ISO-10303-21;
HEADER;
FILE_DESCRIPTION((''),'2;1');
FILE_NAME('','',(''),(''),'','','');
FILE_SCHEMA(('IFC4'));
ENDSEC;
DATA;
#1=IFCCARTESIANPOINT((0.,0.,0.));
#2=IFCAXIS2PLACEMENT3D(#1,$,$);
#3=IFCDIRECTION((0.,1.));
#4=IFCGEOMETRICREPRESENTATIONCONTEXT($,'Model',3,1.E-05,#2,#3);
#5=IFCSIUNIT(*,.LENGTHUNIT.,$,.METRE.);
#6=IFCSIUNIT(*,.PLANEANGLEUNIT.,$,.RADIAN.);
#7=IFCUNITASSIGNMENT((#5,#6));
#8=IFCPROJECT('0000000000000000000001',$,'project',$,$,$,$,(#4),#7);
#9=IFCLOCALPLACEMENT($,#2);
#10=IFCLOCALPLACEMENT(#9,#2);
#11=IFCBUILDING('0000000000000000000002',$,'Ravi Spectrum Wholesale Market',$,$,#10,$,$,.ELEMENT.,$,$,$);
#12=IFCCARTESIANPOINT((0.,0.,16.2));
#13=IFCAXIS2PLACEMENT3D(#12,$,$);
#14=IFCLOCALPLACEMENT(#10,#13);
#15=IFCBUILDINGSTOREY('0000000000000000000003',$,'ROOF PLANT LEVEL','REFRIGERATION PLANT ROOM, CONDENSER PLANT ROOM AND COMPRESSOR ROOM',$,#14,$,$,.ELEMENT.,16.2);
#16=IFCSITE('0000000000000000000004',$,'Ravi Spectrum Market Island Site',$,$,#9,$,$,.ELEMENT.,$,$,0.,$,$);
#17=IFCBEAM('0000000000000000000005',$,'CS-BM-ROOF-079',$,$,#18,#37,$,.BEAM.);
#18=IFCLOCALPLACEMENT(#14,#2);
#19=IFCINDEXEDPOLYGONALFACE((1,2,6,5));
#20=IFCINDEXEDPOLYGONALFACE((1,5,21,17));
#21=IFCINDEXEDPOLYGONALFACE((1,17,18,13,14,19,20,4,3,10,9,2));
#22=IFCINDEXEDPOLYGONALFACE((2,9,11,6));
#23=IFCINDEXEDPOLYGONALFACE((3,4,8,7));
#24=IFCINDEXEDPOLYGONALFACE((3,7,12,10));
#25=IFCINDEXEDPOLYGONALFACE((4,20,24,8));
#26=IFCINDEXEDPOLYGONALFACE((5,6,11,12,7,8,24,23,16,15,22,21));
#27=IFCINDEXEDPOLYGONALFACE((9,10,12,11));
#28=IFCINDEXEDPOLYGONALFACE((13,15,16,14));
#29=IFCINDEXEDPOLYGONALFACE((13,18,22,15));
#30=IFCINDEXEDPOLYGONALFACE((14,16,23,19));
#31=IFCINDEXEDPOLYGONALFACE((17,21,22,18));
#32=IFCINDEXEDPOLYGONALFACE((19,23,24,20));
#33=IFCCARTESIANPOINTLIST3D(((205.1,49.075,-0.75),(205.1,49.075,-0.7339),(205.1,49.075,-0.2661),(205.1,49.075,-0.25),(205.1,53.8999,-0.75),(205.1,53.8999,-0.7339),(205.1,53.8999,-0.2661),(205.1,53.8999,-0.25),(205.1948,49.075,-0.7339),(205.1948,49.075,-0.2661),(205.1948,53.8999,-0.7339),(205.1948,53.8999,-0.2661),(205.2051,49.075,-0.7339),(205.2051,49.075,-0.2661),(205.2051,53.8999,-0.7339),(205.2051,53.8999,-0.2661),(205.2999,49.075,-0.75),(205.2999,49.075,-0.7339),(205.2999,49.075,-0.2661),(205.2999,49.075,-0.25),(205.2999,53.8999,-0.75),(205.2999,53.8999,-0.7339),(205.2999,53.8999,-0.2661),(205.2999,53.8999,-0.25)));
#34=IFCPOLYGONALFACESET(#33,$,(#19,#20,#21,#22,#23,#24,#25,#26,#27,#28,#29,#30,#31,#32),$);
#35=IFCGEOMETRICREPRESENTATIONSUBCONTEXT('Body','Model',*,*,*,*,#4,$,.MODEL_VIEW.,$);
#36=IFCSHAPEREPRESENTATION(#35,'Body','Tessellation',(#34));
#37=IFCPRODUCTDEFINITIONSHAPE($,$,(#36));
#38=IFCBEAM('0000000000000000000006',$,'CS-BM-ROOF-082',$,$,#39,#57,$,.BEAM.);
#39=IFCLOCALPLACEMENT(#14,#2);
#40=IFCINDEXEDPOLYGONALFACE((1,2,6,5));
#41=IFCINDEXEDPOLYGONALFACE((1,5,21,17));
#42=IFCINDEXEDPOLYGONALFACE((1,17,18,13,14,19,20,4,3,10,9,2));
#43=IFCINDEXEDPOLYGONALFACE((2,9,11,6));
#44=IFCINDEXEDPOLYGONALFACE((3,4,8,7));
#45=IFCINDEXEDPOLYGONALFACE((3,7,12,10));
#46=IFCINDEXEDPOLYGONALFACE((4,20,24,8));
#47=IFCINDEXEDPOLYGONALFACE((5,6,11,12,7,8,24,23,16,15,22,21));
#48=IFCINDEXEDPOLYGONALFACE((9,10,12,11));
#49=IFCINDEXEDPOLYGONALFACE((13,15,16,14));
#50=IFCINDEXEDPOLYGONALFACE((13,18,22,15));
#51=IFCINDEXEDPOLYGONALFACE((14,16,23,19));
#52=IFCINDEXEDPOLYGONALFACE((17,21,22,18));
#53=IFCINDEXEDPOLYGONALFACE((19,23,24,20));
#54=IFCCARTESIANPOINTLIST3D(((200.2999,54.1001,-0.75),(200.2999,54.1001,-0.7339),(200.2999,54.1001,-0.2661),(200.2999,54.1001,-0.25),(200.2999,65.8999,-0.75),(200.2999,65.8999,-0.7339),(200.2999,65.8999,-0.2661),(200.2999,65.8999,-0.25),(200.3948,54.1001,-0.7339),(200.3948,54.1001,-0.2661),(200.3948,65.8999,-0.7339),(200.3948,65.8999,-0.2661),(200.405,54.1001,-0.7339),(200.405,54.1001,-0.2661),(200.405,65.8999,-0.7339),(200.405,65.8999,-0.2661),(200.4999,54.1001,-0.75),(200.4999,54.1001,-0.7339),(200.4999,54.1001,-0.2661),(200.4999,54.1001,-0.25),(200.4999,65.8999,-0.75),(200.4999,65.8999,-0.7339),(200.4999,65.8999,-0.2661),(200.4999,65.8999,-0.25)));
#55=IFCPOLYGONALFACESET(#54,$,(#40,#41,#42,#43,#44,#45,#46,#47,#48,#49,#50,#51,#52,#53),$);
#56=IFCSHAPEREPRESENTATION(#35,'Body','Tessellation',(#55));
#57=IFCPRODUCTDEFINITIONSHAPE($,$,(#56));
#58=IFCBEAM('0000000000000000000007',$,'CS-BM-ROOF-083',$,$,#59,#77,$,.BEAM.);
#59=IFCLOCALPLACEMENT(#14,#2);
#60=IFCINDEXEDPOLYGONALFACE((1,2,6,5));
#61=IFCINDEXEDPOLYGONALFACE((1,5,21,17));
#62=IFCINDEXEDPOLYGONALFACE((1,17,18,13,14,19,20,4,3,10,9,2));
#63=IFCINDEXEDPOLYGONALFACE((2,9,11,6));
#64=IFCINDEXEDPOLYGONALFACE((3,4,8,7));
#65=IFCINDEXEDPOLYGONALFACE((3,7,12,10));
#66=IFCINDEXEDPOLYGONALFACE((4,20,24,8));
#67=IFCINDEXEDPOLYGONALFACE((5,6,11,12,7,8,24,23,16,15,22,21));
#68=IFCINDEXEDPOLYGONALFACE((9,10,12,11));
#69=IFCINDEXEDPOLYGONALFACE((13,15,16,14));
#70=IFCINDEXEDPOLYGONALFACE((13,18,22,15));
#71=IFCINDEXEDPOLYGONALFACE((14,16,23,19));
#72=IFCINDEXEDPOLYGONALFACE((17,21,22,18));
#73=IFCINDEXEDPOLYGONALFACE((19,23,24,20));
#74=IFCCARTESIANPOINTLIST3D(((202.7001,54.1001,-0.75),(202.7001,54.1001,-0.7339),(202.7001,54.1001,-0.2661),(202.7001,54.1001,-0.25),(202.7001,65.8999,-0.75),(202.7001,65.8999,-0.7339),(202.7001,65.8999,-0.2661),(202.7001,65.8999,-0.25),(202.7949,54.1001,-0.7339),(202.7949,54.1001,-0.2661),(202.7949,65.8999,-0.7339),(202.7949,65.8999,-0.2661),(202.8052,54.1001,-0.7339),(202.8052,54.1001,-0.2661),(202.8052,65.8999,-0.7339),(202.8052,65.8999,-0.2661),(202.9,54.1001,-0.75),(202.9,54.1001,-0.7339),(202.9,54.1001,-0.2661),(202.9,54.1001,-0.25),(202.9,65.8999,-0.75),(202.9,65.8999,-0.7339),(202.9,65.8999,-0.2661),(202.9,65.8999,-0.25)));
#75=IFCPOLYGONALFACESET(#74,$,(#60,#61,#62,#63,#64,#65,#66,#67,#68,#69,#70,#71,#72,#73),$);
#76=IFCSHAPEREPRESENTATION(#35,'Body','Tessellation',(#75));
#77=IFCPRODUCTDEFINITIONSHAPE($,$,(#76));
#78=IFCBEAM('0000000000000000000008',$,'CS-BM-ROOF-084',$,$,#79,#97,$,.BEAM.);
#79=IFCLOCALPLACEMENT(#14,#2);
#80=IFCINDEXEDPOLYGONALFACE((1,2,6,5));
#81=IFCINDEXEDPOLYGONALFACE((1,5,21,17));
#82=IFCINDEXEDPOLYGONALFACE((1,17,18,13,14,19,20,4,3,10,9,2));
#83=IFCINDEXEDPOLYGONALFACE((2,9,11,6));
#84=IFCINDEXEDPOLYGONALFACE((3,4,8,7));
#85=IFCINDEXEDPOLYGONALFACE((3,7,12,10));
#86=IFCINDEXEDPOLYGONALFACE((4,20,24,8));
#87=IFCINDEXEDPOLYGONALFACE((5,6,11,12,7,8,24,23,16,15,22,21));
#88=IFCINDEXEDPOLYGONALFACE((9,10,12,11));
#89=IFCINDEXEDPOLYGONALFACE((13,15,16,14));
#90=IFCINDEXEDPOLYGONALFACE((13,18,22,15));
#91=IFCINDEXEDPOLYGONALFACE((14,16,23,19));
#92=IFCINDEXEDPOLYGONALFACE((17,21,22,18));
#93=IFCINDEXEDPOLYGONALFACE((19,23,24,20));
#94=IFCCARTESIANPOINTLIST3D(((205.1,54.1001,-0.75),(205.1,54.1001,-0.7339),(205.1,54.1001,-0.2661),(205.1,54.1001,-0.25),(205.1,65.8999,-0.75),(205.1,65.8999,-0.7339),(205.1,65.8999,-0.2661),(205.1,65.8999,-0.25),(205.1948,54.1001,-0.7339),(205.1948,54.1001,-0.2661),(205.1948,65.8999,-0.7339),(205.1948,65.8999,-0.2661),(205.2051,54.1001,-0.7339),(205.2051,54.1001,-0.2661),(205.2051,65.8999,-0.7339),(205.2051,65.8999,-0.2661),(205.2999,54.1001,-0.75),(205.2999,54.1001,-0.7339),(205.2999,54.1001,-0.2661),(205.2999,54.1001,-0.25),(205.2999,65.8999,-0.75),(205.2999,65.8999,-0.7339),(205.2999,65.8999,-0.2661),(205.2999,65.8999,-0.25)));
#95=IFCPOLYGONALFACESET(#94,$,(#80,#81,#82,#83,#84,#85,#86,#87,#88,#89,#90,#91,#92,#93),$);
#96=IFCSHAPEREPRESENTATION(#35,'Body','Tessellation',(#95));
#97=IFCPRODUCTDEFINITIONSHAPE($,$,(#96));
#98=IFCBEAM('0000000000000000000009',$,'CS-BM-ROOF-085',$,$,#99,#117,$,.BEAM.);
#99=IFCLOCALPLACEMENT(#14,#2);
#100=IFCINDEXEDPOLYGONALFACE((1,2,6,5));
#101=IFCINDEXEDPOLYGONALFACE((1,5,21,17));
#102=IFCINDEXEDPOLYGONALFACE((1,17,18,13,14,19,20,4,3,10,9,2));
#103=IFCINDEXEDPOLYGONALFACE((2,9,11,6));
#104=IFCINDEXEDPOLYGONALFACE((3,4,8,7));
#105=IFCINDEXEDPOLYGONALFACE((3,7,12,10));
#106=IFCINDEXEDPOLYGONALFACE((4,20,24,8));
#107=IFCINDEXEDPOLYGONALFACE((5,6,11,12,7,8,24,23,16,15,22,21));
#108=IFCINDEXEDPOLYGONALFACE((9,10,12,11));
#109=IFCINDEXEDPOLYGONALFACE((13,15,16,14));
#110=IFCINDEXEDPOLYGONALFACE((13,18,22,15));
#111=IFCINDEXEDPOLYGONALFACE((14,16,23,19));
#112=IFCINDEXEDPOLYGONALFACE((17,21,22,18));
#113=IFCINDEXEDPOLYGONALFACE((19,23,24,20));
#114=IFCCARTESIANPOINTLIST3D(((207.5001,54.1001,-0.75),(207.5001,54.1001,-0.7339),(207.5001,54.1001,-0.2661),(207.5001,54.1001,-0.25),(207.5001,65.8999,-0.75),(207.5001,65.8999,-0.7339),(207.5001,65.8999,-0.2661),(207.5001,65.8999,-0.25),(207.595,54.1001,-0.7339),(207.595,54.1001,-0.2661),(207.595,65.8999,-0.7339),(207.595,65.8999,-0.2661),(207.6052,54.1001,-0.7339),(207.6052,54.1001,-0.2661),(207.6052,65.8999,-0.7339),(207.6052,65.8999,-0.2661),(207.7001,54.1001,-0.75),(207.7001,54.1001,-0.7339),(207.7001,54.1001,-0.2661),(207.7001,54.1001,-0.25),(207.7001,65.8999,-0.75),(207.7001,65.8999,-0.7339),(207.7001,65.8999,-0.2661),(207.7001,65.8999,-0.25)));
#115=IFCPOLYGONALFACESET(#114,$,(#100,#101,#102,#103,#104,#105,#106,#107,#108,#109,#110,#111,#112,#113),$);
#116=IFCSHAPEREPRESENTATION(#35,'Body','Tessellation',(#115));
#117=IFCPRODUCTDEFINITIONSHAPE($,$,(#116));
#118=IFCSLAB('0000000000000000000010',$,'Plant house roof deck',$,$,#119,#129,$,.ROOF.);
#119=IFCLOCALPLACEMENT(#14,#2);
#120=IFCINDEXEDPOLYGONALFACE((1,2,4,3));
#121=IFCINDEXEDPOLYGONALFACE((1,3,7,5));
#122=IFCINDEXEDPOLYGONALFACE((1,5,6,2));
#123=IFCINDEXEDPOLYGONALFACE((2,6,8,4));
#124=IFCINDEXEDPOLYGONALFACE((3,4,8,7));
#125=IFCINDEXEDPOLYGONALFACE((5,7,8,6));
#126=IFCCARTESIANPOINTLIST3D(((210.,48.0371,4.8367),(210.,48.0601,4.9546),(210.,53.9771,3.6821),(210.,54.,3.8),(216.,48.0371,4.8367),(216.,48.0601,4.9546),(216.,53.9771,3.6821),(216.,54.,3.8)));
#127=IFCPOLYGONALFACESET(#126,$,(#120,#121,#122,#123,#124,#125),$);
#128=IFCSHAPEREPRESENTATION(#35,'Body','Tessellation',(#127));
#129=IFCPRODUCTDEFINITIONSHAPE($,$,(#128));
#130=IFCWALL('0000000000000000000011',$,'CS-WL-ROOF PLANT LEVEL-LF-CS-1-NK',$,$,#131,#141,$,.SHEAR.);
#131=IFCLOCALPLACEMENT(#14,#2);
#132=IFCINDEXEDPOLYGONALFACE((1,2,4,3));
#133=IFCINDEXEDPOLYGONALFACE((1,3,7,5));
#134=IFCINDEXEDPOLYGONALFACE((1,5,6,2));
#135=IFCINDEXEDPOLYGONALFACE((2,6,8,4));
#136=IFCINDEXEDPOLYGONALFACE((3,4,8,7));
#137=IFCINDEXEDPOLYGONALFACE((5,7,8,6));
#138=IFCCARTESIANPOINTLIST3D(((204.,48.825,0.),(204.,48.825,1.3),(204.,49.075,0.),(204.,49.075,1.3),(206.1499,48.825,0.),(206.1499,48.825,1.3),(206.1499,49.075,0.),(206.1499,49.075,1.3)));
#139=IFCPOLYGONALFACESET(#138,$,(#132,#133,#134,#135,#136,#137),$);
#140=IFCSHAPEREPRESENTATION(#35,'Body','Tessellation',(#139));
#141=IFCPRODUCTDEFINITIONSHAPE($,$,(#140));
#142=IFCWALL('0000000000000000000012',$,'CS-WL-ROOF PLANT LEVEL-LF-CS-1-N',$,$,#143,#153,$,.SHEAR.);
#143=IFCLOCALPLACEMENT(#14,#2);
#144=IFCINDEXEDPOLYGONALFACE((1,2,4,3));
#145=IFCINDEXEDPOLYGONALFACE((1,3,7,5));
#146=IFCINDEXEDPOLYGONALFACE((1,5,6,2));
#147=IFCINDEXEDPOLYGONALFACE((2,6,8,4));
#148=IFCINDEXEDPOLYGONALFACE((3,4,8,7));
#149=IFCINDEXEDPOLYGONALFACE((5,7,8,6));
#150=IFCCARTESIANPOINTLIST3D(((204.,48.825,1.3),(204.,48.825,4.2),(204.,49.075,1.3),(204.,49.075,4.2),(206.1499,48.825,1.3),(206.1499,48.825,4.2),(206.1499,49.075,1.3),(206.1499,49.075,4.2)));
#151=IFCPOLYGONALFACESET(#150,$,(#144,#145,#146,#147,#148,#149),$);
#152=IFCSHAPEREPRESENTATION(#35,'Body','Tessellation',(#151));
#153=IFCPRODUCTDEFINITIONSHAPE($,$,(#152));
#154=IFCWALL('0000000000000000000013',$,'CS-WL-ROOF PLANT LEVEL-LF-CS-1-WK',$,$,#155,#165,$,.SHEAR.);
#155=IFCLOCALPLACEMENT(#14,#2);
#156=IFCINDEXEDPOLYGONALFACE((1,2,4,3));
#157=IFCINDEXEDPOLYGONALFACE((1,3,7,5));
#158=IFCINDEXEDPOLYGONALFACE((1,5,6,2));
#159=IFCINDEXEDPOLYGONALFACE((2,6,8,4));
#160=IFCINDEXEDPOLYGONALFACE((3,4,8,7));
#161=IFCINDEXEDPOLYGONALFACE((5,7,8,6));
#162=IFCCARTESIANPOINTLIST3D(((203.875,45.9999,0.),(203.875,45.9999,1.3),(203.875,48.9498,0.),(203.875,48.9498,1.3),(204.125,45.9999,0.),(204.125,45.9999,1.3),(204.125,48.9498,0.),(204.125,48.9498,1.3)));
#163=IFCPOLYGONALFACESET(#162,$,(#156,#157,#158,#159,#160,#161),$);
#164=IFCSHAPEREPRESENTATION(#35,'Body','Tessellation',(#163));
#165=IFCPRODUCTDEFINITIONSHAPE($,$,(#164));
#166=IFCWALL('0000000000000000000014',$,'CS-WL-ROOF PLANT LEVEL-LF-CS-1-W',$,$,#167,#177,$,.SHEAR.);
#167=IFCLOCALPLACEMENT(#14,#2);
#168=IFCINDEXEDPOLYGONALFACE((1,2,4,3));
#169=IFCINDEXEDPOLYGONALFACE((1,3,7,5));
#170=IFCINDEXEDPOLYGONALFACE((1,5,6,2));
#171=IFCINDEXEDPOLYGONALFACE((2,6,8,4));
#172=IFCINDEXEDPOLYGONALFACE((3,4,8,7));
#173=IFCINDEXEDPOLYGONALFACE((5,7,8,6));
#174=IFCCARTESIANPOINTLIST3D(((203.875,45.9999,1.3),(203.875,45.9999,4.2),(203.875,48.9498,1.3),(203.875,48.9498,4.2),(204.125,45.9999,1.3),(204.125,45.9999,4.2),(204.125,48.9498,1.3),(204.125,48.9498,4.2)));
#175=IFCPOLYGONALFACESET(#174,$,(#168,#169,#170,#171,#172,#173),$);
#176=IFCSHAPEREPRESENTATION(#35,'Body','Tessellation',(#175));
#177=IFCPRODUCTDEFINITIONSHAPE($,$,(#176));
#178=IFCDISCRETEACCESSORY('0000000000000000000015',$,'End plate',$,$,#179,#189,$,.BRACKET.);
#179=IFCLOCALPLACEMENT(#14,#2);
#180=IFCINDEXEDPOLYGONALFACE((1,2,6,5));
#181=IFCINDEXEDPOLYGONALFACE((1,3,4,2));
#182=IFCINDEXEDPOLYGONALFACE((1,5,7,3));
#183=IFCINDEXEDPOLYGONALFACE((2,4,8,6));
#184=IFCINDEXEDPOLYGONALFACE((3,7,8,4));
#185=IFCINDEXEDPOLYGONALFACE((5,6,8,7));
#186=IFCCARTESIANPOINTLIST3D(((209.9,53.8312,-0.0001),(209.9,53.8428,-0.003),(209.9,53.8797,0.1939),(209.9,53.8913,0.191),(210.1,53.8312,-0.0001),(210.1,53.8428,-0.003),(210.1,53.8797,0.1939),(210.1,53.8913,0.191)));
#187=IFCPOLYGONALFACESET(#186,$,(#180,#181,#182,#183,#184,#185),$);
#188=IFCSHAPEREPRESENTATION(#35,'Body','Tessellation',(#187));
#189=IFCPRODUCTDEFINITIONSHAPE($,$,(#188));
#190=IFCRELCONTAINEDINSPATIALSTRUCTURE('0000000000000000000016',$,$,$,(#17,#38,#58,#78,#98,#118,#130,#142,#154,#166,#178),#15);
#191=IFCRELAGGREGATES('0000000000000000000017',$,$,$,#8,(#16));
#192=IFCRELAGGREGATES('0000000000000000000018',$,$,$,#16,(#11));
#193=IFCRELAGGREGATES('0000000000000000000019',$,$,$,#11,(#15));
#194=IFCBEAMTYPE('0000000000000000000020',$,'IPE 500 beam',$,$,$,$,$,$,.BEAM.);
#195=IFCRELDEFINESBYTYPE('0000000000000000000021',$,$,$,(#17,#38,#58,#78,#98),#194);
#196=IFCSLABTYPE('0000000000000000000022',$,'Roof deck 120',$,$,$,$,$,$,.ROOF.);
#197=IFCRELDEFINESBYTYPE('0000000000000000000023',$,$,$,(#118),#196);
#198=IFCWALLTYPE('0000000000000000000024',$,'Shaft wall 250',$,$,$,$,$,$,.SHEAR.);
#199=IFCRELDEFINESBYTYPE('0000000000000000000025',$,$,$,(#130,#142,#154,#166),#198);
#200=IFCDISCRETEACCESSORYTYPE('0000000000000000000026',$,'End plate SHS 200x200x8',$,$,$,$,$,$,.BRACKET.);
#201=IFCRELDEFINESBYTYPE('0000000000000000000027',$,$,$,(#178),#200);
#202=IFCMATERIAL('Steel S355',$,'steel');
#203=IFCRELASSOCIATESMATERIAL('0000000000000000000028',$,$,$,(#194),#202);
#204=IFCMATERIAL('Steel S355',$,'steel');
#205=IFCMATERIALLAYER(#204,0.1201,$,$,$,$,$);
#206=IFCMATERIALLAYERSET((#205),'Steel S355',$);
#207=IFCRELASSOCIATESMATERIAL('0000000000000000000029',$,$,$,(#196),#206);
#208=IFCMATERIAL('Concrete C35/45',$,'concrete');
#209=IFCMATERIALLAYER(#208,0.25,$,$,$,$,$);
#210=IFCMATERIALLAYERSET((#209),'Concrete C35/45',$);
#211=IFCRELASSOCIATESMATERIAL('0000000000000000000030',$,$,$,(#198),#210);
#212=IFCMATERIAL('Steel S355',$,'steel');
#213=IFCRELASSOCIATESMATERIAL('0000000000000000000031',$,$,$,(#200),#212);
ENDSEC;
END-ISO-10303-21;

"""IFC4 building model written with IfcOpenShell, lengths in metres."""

from ifc_helpers import new_model, si_unit, direction, frame, frame_2d, origin, origin_2d, place, context, subcontext, project, spatial, polyline, rectangle, i_section, outline, extrude, material, layer, layer_set, material_profile, profile_set, type_object, element, save


model = new_model("IFC4")

# Units and contexts
model_context = context("Model", 3, precision=1e-05, world=origin(), true_north=direction((0.0, 1.0)))
body_context = subcontext(model_context, "Body", "Model", "MODEL_VIEW")
ifc_project = project(units=[si_unit("LENGTHUNIT", "METRE"), si_unit("PLANEANGLEUNIT", "RADIAN")], contexts=[model_context])

# Site, building, storey
site_placement = place(None, origin())
site = spatial("IfcSite", under=ifc_project, at=site_placement, Name="Ravi Spectrum Market Island Site", CompositionType="ELEMENT", RefElevation=0.0)
building_placement = place(site_placement, origin())
building = spatial("IfcBuilding", under=site, at=building_placement, Name="Ravi Spectrum Wholesale Market", CompositionType="ELEMENT")
storey_placement = place(building_placement, frame((0.0, 0.0, 16.2)))
storey = spatial("IfcBuildingStorey", under=building, at=storey_placement, Name="ROOF PLANT LEVEL", Description="REFRIGERATION PLANT ROOM, CONDENSER PLANT ROOM AND COMPRESSOR ROOM", CompositionType="ELEMENT", Elevation=16.2)

# Beams
ifc_material_1 = material(Name="Steel S355", Category="steel")
ifc_material_profile_1 = material_profile(ifc_material_1, i_section(OverallWidth=0.2, OverallDepth=0.5, WebThickness=0.0103, FlangeThickness=0.0161, at=origin_2d()))
ifc_profile_set_1 = profile_set([ifc_material_profile_1], Name="Steel S355")
beam_type_1 = type_object("IfcBeamType", Name="IPE 500 beam", PredefinedType="BEAM", material=ifc_profile_set_1)
beam_1_placement = place(storey_placement, frame((205.2, 49.075, -0.5), z_axis=(0.0, 1.0, 0.0), x_axis=(-1.0, 0.0, 0.0)))
element("IfcBeam", 1, at=beam_1_placement, inside=storey, type_object=beam_type_1, Name="CS-BM-ROOF-079", PredefinedType="BEAM", context=body_context, shape_type="SweptSolid", body=[
    extrude(i_section(OverallWidth=0.2, OverallDepth=0.5, WebThickness=0.0103, FlangeThickness=0.0161, at=origin_2d()), origin(), (0.0, 0.0, 1.0), 4.825),
])
for number, where, z_axis, x_axis, name in (
    (2, (200.3999, 54.1001, -0.5), (0.0, 1.0, 0.0), (-1.0, 0.0, 0.0), "CS-BM-ROOF-082"),
    (3, (202.8, 54.1001, -0.5), (0.0, 1.0, 0.0), (-1.0, 0.0, 0.0), "CS-BM-ROOF-083"),
    (4, (205.2, 54.1001, -0.5), (0.0, 1.0, 0.0), (-1.0, 0.0, 0.0), "CS-BM-ROOF-084"),
    (5, (207.6001, 54.1001, -0.5), (0.0, 1.0, 0.0), (-1.0, 0.0, 0.0), "CS-BM-ROOF-085"),
):
    element("IfcBeam", number, at=place(storey_placement, frame(where, z_axis=z_axis, x_axis=x_axis)), inside=storey, type_object=beam_type_1, Name=name, PredefinedType="BEAM", context=body_context, shape_type="SweptSolid", body=[
        extrude(i_section(OverallWidth=0.2, OverallDepth=0.5, WebThickness=0.0103, FlangeThickness=0.0161, at=origin_2d()), origin(), (0.0, 0.0, 1.0), 11.7998),
    ])

# Slab
ifc_material_2 = material(Name="Steel S355", Category="steel")
ifc_layer_1 = layer(ifc_material_2, 0.1201)
ifc_layer_set_1 = layer_set([ifc_layer_1], Name="Steel S355")
slab_type = type_object("IfcSlabType", Name="Roof deck 120", PredefinedType="ROOF", material=ifc_layer_set_1)
slab_placement = place(storey_placement, frame((210.0, 54.0, 3.8), z_axis=(0.0, 0.190798, 0.981629), x_axis=(1.0, 0.0, 0.0)))
element("IfcSlab", 6, at=slab_placement, inside=storey, type_object=slab_type, Name="Plant house roof deck", PredefinedType="ROOF", context=body_context, shape_type="SweptSolid", body=[
    extrude(outline(polyline([(0.0, 0.0), (6.0, 0.0), (6.0, -6.0511), (0.0, -6.0511), (0.0, 0.0)])), origin(), (0.0, 0.0, -1.0), 0.1201),
])

# Walls
ifc_material_3 = material(Name="Concrete C35/45", Category="concrete")
ifc_layer_2 = layer(ifc_material_3, 0.25)
ifc_layer_set_2 = layer_set([ifc_layer_2], Name="Concrete C35/45")
wall_type = type_object("IfcWallType", Name="Shaft wall 250", PredefinedType="SHEAR", material=ifc_layer_set_2)
wall_1_placement = place(storey_placement, frame((206.1499, 48.95, 0.0), z_axis=(0.0, 0.0, 1.0), x_axis=(-1.0, 0.0, 0.0)))
element("IfcWall", 7, at=wall_1_placement, inside=storey, type_object=wall_type, Name="CS-WL-ROOF PLANT LEVEL-LF-CS-1-NK", PredefinedType="SHEAR", context=body_context, shape_type="SweptSolid", body=[
    extrude(rectangle(XDim=2.1499, YDim=0.25, at=frame_2d((1.075, 0.0))), origin(), (0.0, 0.0, 1.0), 1.3),
])
wall_2_placement = place(storey_placement, frame((206.1499, 48.95, 1.3), z_axis=(0.0, 0.0, 1.0), x_axis=(-1.0, 0.0, 0.0)))
element("IfcWall", 8, at=wall_2_placement, inside=storey, type_object=wall_type, Name="CS-WL-ROOF PLANT LEVEL-LF-CS-1-N", PredefinedType="SHEAR", context=body_context, shape_type="SweptSolid", body=[
    extrude(rectangle(XDim=2.1499, YDim=0.25, at=frame_2d((1.075, 0.0))), origin(), (0.0, 0.0, 1.0), 2.8999),
])
wall_3_placement = place(storey_placement, frame((204.0, 48.95, 0.0), z_axis=(0.0, 0.0, 1.0), x_axis=(0.0, -1.0, 0.0)))
element("IfcWall", 9, at=wall_3_placement, inside=storey, type_object=wall_type, Name="CS-WL-ROOF PLANT LEVEL-LF-CS-1-WK", PredefinedType="SHEAR", context=body_context, shape_type="SweptSolid", body=[
    extrude(rectangle(XDim=2.95, YDim=0.25, at=frame_2d((1.4751, 0.0))), origin(), (0.0, 0.0, 1.0), 1.3),
])
wall_4_placement = place(storey_placement, frame((204.0, 48.95, 1.3), z_axis=(0.0, 0.0, 1.0), x_axis=(0.0, -1.0, 0.0)))
element("IfcWall", 10, at=wall_4_placement, inside=storey, type_object=wall_type, Name="CS-WL-ROOF PLANT LEVEL-LF-CS-1-W", PredefinedType="SHEAR", context=body_context, shape_type="SweptSolid", body=[
    extrude(rectangle(XDim=2.95, YDim=0.25, at=frame_2d((1.4751, 0.0))), origin(), (0.0, 0.0, 1.0), 2.8999),
])

# Discrete accessory
ifc_material_4 = material(Name="Steel S355", Category="steel")
ifc_material_profile_2 = material_profile(ifc_material_4, rectangle(XDim=0.2, YDim=0.2, at=origin_2d()))
ifc_profile_set_2 = profile_set([ifc_material_profile_2], Name="Steel S355")
discrete_accessory_type = type_object("IfcDiscreteAccessoryType", Name="End plate SHS 200x200x8", PredefinedType="BRACKET", material=ifc_profile_set_2)
discrete_accessory_placement = place(storey_placement, frame((210.0, 53.8555, 0.0969), z_axis=(0.0, 0.970143, -0.242536), x_axis=(-1.0, 0.0, 0.0)))
element("IfcDiscreteAccessory", 11, at=discrete_accessory_placement, inside=storey, type_object=discrete_accessory_type, Name="End plate", PredefinedType="BRACKET", context=body_context, shape_type="SweptSolid", body=[
    extrude(rectangle(XDim=0.2, YDim=0.2, at=origin_2d()), origin(), (0.0, 0.0, 1.0), 0.012),
])

save(model, "model.ifc")
